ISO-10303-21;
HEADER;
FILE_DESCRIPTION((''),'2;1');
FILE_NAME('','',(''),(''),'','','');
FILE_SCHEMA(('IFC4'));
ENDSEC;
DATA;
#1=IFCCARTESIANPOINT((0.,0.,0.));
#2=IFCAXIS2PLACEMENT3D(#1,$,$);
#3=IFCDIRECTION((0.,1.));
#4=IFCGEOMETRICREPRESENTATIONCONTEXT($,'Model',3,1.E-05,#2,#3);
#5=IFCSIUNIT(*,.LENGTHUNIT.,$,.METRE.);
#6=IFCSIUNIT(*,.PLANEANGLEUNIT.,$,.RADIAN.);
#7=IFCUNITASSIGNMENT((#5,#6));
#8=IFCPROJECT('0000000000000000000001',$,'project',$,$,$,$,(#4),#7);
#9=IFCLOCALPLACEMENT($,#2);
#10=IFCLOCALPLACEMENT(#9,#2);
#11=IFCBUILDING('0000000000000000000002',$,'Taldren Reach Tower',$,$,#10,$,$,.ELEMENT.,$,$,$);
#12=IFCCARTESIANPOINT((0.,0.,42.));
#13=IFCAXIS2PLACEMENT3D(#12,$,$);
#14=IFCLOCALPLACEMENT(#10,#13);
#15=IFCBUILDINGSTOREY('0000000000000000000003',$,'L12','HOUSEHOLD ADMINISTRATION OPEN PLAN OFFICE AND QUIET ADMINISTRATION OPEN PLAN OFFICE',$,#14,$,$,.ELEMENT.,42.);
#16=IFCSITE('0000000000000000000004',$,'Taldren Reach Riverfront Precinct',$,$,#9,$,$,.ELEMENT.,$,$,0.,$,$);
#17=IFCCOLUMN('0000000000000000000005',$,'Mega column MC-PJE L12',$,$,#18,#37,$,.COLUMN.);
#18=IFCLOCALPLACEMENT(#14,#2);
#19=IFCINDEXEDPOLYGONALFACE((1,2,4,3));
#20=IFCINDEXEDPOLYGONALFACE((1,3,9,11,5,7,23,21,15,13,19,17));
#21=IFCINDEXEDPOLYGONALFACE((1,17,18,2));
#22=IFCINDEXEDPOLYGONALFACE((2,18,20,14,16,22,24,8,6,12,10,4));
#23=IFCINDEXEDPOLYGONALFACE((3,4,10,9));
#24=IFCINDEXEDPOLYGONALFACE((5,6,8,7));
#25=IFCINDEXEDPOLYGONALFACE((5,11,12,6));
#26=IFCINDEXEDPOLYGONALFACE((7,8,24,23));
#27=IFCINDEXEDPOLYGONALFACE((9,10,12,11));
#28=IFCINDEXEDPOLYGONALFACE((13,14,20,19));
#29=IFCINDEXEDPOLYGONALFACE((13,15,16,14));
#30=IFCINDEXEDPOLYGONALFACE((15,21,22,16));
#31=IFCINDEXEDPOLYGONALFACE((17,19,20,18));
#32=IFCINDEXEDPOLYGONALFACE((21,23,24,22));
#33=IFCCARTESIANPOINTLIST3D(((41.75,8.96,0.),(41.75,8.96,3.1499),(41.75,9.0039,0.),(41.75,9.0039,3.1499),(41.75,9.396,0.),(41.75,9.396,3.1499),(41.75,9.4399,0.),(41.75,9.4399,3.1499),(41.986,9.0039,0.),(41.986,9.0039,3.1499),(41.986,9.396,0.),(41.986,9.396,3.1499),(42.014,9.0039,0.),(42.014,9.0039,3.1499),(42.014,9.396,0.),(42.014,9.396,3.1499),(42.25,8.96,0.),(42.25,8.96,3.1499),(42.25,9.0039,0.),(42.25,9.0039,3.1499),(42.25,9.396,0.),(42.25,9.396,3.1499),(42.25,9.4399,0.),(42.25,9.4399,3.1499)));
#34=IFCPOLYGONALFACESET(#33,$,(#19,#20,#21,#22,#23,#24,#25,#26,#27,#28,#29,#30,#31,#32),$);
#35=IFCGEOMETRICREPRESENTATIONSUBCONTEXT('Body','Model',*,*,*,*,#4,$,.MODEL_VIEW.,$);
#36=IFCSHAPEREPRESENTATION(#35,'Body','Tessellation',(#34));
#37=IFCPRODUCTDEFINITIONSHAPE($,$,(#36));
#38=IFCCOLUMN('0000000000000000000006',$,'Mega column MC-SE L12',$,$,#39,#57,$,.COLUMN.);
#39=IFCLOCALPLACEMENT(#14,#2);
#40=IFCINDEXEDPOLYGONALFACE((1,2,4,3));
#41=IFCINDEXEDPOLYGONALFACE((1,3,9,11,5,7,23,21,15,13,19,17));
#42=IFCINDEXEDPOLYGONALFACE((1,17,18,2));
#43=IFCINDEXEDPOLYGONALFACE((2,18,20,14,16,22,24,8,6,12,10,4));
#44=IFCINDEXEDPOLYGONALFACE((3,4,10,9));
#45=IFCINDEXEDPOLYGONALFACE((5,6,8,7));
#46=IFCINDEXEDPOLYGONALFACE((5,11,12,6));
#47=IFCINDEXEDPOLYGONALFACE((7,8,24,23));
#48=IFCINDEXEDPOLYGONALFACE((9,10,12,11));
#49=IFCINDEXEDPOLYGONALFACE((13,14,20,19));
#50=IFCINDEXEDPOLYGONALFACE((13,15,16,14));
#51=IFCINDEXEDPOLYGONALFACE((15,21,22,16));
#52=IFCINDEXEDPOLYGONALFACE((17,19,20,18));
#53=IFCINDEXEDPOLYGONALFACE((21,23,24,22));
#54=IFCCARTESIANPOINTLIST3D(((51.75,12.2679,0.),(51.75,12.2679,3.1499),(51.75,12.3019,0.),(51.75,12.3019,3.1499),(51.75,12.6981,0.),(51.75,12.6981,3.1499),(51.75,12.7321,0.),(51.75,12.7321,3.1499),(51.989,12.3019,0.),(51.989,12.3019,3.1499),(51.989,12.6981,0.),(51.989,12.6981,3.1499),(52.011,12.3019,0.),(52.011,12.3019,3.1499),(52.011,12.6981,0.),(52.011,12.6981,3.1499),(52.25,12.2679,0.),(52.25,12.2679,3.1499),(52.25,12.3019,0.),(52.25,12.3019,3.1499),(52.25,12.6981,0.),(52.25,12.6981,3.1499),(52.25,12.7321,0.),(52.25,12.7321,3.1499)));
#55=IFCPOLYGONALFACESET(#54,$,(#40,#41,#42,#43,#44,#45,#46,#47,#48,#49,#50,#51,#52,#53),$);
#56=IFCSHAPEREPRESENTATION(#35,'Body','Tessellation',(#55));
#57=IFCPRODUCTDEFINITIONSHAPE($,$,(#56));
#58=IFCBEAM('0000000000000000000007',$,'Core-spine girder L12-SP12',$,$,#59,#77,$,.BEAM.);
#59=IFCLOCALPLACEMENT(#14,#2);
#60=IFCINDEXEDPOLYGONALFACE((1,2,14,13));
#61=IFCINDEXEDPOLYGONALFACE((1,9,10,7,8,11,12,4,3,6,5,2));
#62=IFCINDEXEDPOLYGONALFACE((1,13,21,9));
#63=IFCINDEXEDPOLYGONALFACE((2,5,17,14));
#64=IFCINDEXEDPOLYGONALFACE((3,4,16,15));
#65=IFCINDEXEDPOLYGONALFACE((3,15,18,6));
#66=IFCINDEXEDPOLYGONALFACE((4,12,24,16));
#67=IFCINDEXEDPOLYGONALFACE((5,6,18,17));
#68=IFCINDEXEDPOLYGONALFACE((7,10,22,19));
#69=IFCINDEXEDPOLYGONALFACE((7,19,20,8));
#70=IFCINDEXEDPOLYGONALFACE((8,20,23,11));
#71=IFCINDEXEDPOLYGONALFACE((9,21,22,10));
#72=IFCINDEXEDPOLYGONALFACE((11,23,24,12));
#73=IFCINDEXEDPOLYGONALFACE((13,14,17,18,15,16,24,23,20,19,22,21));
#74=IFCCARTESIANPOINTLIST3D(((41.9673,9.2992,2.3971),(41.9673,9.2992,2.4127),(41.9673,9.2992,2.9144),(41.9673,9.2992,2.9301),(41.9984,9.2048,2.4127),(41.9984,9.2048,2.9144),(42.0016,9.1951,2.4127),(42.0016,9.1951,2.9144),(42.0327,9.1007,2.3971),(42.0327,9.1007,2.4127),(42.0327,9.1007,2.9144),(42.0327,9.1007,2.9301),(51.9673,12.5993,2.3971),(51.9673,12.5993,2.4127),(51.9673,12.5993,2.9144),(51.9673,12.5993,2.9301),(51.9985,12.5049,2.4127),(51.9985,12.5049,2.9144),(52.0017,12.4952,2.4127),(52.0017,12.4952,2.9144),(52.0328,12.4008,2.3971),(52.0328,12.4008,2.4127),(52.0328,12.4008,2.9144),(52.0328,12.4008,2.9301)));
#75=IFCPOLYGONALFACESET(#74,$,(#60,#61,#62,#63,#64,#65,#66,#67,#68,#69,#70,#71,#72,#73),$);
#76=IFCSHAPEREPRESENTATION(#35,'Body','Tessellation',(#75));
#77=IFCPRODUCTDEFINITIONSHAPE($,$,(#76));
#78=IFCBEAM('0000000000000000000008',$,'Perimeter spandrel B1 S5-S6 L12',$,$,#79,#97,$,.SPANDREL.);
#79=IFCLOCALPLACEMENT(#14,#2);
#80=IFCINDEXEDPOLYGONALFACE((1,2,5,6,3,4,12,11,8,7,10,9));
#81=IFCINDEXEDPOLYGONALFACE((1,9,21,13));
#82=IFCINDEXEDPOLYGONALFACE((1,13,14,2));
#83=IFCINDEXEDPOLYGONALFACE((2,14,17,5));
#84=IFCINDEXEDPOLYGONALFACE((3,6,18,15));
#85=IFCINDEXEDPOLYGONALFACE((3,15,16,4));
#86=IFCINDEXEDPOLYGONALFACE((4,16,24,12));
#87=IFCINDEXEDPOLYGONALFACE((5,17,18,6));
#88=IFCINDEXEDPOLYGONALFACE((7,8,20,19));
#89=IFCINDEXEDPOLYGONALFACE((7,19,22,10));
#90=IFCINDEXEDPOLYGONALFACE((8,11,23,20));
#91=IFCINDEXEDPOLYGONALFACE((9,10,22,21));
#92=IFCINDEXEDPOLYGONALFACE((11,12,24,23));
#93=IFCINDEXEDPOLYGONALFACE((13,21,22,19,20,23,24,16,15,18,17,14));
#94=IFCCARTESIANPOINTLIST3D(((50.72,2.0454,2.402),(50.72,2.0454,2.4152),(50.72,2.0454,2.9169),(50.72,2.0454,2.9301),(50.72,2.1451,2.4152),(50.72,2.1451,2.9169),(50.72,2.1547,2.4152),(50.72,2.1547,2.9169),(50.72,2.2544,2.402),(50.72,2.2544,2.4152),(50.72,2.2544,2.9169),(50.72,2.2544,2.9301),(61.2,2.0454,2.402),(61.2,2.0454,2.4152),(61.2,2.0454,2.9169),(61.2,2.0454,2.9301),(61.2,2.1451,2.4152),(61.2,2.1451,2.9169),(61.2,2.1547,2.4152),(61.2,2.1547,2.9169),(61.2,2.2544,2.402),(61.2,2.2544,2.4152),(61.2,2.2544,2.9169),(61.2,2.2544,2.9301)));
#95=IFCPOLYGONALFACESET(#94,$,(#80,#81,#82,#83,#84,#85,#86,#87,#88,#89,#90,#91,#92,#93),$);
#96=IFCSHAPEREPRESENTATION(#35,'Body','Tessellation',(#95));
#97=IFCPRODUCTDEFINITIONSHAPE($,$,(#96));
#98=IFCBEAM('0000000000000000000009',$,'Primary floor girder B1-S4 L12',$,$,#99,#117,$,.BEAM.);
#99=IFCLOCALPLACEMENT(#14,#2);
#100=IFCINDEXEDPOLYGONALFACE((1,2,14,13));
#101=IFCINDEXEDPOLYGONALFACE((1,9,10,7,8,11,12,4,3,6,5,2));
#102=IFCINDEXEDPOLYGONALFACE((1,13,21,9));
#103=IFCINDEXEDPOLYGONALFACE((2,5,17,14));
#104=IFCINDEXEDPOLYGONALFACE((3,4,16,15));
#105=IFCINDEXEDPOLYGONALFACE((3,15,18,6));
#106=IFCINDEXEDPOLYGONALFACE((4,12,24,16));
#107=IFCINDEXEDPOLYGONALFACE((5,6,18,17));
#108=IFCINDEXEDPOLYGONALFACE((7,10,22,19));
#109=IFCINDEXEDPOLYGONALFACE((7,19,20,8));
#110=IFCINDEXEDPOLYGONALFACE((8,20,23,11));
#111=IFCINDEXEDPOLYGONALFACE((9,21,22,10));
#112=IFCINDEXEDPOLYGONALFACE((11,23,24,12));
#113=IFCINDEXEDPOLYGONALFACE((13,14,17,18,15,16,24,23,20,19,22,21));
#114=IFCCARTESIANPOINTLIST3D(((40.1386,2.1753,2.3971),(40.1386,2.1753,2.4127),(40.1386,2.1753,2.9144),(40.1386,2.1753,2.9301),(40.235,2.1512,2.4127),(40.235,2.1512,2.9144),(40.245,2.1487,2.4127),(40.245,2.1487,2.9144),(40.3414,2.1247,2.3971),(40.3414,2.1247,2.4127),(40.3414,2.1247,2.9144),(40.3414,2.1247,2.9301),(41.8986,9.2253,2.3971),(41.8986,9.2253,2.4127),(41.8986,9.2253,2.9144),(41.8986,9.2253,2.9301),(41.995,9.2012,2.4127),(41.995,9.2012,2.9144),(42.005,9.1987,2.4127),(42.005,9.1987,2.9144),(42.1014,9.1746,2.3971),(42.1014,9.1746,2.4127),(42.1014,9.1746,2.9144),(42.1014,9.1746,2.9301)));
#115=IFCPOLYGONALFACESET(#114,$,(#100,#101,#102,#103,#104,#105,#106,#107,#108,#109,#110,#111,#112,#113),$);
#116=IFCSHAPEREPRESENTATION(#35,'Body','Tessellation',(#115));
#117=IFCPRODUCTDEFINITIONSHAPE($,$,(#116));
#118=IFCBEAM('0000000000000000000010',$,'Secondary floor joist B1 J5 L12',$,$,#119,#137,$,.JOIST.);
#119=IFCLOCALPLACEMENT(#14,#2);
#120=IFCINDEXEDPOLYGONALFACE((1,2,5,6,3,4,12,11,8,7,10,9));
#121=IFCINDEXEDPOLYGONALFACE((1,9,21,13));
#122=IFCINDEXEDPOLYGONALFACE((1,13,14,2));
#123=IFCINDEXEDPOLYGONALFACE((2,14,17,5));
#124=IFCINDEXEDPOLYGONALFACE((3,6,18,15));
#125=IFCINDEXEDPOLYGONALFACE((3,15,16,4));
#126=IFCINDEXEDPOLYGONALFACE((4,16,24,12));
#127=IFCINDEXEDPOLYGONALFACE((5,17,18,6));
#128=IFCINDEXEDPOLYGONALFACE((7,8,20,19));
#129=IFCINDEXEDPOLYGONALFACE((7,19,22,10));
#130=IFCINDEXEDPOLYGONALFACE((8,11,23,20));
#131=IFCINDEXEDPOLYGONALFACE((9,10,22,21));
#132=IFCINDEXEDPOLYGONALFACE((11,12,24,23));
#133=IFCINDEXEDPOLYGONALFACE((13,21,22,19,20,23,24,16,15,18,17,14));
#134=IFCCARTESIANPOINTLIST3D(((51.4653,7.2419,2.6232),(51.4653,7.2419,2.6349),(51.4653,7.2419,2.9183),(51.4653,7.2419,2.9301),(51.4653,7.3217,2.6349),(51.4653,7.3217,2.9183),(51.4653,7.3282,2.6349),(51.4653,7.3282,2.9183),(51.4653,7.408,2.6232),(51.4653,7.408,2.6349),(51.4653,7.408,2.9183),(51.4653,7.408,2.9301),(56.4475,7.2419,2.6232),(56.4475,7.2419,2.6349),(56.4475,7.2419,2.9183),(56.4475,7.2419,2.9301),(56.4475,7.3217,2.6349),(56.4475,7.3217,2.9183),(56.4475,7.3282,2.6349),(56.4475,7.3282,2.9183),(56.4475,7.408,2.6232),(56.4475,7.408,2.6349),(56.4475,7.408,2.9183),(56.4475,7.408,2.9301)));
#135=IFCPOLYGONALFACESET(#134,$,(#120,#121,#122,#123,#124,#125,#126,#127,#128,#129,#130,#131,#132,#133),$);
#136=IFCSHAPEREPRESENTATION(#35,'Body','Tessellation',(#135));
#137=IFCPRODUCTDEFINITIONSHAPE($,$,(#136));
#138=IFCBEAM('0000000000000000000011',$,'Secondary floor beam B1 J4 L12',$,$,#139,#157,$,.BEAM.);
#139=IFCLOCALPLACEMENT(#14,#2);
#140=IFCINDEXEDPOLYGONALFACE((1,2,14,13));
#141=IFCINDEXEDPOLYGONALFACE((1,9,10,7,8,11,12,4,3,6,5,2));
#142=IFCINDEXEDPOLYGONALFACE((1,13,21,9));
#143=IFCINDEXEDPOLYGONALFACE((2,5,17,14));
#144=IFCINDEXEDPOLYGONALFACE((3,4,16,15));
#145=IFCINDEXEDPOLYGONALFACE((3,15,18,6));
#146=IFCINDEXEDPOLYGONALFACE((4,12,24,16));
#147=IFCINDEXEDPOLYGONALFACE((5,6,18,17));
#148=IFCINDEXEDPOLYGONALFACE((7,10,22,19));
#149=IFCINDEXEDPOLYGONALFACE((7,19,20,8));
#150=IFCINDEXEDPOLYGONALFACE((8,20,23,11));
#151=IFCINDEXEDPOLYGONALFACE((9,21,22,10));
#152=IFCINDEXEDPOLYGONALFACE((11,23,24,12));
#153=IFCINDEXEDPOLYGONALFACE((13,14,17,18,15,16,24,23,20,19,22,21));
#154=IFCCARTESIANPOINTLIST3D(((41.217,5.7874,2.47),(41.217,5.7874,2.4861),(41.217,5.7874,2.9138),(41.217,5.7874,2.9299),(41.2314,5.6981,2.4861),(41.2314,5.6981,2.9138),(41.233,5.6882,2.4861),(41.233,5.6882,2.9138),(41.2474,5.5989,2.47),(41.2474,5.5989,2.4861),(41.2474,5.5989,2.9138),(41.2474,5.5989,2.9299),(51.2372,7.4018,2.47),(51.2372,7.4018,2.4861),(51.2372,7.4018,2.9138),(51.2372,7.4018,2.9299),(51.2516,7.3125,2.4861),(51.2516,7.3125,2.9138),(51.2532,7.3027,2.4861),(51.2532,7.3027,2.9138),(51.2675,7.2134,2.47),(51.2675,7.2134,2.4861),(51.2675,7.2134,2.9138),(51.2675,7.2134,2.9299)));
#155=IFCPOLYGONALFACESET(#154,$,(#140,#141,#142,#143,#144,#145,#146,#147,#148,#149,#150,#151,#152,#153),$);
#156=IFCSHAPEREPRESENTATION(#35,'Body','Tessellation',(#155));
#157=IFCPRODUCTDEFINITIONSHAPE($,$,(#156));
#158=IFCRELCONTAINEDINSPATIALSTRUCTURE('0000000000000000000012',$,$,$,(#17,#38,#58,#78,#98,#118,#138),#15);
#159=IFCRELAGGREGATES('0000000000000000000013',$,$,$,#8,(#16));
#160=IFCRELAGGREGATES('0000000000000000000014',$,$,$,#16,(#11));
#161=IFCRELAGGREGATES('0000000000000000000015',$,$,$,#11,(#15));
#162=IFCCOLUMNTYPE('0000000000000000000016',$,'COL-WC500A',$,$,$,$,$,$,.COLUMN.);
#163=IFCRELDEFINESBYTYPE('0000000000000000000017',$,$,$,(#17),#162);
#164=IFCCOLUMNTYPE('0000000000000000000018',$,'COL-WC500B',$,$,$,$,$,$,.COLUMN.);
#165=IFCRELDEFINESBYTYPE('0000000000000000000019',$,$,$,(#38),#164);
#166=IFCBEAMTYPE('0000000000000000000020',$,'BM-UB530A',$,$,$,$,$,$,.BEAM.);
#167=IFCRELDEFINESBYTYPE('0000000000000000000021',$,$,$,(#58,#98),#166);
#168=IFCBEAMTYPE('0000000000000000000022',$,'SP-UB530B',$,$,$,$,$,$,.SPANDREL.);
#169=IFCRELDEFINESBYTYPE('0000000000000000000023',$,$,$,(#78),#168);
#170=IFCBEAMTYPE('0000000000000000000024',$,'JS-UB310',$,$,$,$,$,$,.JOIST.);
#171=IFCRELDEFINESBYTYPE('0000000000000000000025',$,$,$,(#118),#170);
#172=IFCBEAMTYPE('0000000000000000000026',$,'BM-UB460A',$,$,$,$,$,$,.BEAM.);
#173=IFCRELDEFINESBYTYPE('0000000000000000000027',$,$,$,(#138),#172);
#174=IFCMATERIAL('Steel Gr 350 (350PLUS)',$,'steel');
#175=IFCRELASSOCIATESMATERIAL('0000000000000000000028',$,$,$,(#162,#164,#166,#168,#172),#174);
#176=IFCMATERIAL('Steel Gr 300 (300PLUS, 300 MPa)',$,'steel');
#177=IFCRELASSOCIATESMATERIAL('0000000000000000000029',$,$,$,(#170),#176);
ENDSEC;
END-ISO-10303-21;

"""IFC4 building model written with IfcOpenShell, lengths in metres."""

from ifc_helpers import new_model, si_unit, direction, frame, origin, origin_2d, place, context, subcontext, project, spatial, i_section, extrude, source, transform, mapped, material, material_profile, profile_set, type_object, element, save


model = new_model("IFC4")

# Units and contexts
model_context = context("Model", 3, precision=1e-05, world=origin(), true_north=direction((0.0, 1.0)))
body_context = subcontext(model_context, "Body", "Model", "MODEL_VIEW")
ifc_project = project(units=[si_unit("LENGTHUNIT", "METRE"), si_unit("PLANEANGLEUNIT", "RADIAN")], contexts=[model_context])

# Site, building, storey
site_placement = place(None, origin())
site = spatial("IfcSite", under=ifc_project, at=site_placement, Name="Taldren Reach Riverfront Precinct", CompositionType="ELEMENT", RefElevation=0.0)
building_placement = place(site_placement, origin())
building = spatial("IfcBuilding", under=site, at=building_placement, Name="Taldren Reach Tower", CompositionType="ELEMENT")
storey_placement = place(building_placement, frame((0.0, 0.0, 42.0)))
storey = spatial("IfcBuildingStorey", under=building, at=storey_placement, Name="L12", Description="HOUSEHOLD ADMINISTRATION OPEN PLAN OFFICE AND QUIET ADMINISTRATION OPEN PLAN OFFICE", CompositionType="ELEMENT", Elevation=42.0)

# Columns
ifc_material_1 = material(Name="Steel Gr 350 (350PLUS)", Category="steel")
ifc_material_profile_1 = material_profile(ifc_material_1, i_section(OverallWidth=0.5, OverallDepth=0.48, WebThickness=0.0281, FlangeThickness=0.0439, at=origin_2d()), Name="500WC440")
ifc_profile_set_1 = profile_set([ifc_material_profile_1], Name="Steel Gr 350 (350PLUS)")
column_type_1 = type_object("IfcColumnType", Name="COL-WC500A", PredefinedType="COLUMN", material=ifc_profile_set_1)
shared_shape_1 = source(origin(), body_context, "Body", "SweptSolid", [
    extrude(i_section(OverallWidth=0.5, OverallDepth=0.48, WebThickness=0.0281, FlangeThickness=0.0439, at=origin_2d()), origin(), (0.0, 0.0, 1.0), 3.1499),
])
column_1_placement = place(storey_placement, frame((42.0, 9.2, 0.0), z_axis=(0.0, 0.0, 1.0), x_axis=(1.0, 0.0, 0.0)))
element("IfcColumn", 1, at=column_1_placement, inside=storey, type_object=column_type_1, Name="Mega column MC-PJE L12", PredefinedType="COLUMN", context=body_context, shape_type="MappedRepresentation", body=[
    mapped(shared_shape_1, transform((0.0, 0.0, 0.0), scale=1.0)),
])
ifc_material_profile_2 = material_profile(ifc_material_1, i_section(OverallWidth=0.5, OverallDepth=0.4641, WebThickness=0.022, FlangeThickness=0.0339, at=origin_2d()), Name="500WC340")
ifc_profile_set_2 = profile_set([ifc_material_profile_2], Name="Steel Gr 350 (350PLUS)")
column_type_2 = type_object("IfcColumnType", Name="COL-WC500B", PredefinedType="COLUMN", material=ifc_profile_set_2)
shared_shape_2 = source(origin(), body_context, "Body", "SweptSolid", [
    extrude(i_section(OverallWidth=0.5, OverallDepth=0.4641, WebThickness=0.022, FlangeThickness=0.0339, at=origin_2d()), origin(), (0.0, 0.0, 1.0), 3.1499),
])
column_2_placement = place(storey_placement, frame((52.0, 12.5, 0.0), z_axis=(0.0, 0.0, 1.0), x_axis=(1.0, 0.0, 0.0)))
element("IfcColumn", 2, at=column_2_placement, inside=storey, type_object=column_type_2, Name="Mega column MC-SE L12", PredefinedType="COLUMN", context=body_context, shape_type="MappedRepresentation", body=[
    mapped(shared_shape_2, transform((0.0, 0.0, 0.0), scale=1.0)),
])

# Beams
ifc_material_profile_3 = material_profile(ifc_material_1, i_section(OverallWidth=0.209, OverallDepth=0.533, WebThickness=0.0103, FlangeThickness=0.0156, at=origin_2d()), Name="530UB92.4")
ifc_profile_set_3 = profile_set([ifc_material_profile_3], Name="Steel Gr 350 (350PLUS)")
beam_type_1 = type_object("IfcBeamType", Name="BM-UB530A", PredefinedType="BEAM", material=ifc_profile_set_3)
shared_shape_3 = source(origin(), body_context, "Body", "SweptSolid", [
    extrude(i_section(OverallWidth=0.209, OverallDepth=0.533, WebThickness=0.0103, FlangeThickness=0.0156, at=origin_2d()), origin(), (0.0, 0.0, 1.0), 10.5305),
])
beam_1_placement = place(storey_placement, frame((42.0, 9.2, 2.6636), z_axis=(0.949627, 0.313382, 0.0), x_axis=(-0.313382, 0.949627, 0.0)))
element("IfcBeam", 3, at=beam_1_placement, inside=storey, type_object=beam_type_1, Name="Core-spine girder L12-SP12", PredefinedType="BEAM", context=body_context, shape_type="MappedRepresentation", body=[
    mapped(shared_shape_3, transform((0.0, 0.0, 0.0), scale=1.0)),
])
ifc_material_profile_4 = material_profile(ifc_material_1, i_section(OverallWidth=0.209, OverallDepth=0.5281, WebThickness=0.0095, FlangeThickness=0.0132, at=origin_2d()), Name="530UB82.0")
ifc_profile_set_4 = profile_set([ifc_material_profile_4], Name="Steel Gr 350 (350PLUS)")
beam_type_2 = type_object("IfcBeamType", Name="SP-UB530B", PredefinedType="SPANDREL", material=ifc_profile_set_4)
shared_shape_4 = source(origin(), body_context, "Body", "SweptSolid", [
    extrude(i_section(OverallWidth=0.209, OverallDepth=0.5281, WebThickness=0.0095, FlangeThickness=0.0132, at=origin_2d()), origin(), (0.0, 0.0, 1.0), 10.48),
])
beam_2_placement = place(storey_placement, frame((50.72, 2.1499, 2.666), z_axis=(1.0, 0.0, 0.0), x_axis=(0.0, 1.0, 0.0)))
element("IfcBeam", 4, at=beam_2_placement, inside=storey, type_object=beam_type_2, Name="Perimeter spandrel B1 S5-S6 L12", PredefinedType="SPANDREL", context=body_context, shape_type="MappedRepresentation", body=[
    mapped(shared_shape_4, transform((0.0, 0.0, 0.0), scale=1.0)),
])
shared_shape_5 = source(origin(), body_context, "Body", "SweptSolid", [
    extrude(i_section(OverallWidth=0.209, OverallDepth=0.533, WebThickness=0.0103, FlangeThickness=0.0156, at=origin_2d()), origin(), (0.0, 0.0, 1.0), 7.2664),
])
beam_3_placement = place(storey_placement, frame((42.0, 9.2, 2.6636), z_axis=(-0.242211, -0.970223, 0.0), x_axis=(0.970223, -0.242211, 0.0)))
element("IfcBeam", 5, at=beam_3_placement, inside=storey, type_object=beam_type_1, Name="Primary floor girder B1-S4 L12", PredefinedType="BEAM", context=body_context, shape_type="MappedRepresentation", body=[
    mapped(shared_shape_5, transform((0.0, 0.0, 0.0), scale=1.0)),
])
ifc_material_2 = material(Name="Steel Gr 300 (300PLUS, 300 MPa)", Category="steel")
ifc_material_profile_5 = material_profile(ifc_material_2, i_section(OverallWidth=0.166, OverallDepth=0.3069, WebThickness=0.0066, FlangeThickness=0.0117, at=origin_2d()), Name="310UB46.2")
ifc_profile_set_5 = profile_set([ifc_material_profile_5], Name="Steel Gr 300 (300PLUS, 300 MPa)")
beam_type_3 = type_object("IfcBeamType", Name="JS-UB310", PredefinedType="JOIST", material=ifc_profile_set_5)
shared_shape_6 = source(origin(), body_context, "Body", "SweptSolid", [
    extrude(i_section(OverallWidth=0.166, OverallDepth=0.3069, WebThickness=0.0066, FlangeThickness=0.0117, at=origin_2d()), origin(), (0.0, 0.0, 1.0), 4.9822),
])
beam_4_placement = place(storey_placement, frame((51.4653, 7.325, 2.7766), z_axis=(1.0, 0.0, 0.0), x_axis=(0.0, 1.0, 0.0)))
element("IfcBeam", 6, at=beam_4_placement, inside=storey, type_object=beam_type_3, Name="Secondary floor joist B1 J5 L12", PredefinedType="JOIST", context=body_context, shape_type="MappedRepresentation", body=[
    mapped(shared_shape_6, transform((0.0, 0.0, 0.0), scale=1.0)),
])
ifc_material_profile_6 = material_profile(ifc_material_1, i_section(OverallWidth=0.1909, OverallDepth=0.46, WebThickness=0.01, FlangeThickness=0.0161, at=origin_2d()), Name="460UB82.1")
ifc_profile_set_6 = profile_set([ifc_material_profile_6], Name="Steel Gr 350 (350PLUS)")
beam_type_4 = type_object("IfcBeamType", Name="BM-UB460A", PredefinedType="BEAM", material=ifc_profile_set_6)
shared_shape_7 = source(origin(), body_context, "Body", "SweptSolid", [
    extrude(i_section(OverallWidth=0.1909, OverallDepth=0.46, WebThickness=0.01, FlangeThickness=0.0161, at=origin_2d()), origin(), (0.0, 0.0, 1.0), 10.1494),
])
beam_5_placement = place(storey_placement, frame((41.2322, 5.6931, 2.7), z_axis=(0.987267, 0.159072, 0.0), x_axis=(-0.159072, 0.987267, 0.0)))
element("IfcBeam", 7, at=beam_5_placement, inside=storey, type_object=beam_type_4, Name="Secondary floor beam B1 J4 L12", PredefinedType="BEAM", context=body_context, shape_type="MappedRepresentation", body=[
    mapped(shared_shape_7, transform((0.0, 0.0, 0.0), scale=1.0)),
])

save(model, "model.ifc")
